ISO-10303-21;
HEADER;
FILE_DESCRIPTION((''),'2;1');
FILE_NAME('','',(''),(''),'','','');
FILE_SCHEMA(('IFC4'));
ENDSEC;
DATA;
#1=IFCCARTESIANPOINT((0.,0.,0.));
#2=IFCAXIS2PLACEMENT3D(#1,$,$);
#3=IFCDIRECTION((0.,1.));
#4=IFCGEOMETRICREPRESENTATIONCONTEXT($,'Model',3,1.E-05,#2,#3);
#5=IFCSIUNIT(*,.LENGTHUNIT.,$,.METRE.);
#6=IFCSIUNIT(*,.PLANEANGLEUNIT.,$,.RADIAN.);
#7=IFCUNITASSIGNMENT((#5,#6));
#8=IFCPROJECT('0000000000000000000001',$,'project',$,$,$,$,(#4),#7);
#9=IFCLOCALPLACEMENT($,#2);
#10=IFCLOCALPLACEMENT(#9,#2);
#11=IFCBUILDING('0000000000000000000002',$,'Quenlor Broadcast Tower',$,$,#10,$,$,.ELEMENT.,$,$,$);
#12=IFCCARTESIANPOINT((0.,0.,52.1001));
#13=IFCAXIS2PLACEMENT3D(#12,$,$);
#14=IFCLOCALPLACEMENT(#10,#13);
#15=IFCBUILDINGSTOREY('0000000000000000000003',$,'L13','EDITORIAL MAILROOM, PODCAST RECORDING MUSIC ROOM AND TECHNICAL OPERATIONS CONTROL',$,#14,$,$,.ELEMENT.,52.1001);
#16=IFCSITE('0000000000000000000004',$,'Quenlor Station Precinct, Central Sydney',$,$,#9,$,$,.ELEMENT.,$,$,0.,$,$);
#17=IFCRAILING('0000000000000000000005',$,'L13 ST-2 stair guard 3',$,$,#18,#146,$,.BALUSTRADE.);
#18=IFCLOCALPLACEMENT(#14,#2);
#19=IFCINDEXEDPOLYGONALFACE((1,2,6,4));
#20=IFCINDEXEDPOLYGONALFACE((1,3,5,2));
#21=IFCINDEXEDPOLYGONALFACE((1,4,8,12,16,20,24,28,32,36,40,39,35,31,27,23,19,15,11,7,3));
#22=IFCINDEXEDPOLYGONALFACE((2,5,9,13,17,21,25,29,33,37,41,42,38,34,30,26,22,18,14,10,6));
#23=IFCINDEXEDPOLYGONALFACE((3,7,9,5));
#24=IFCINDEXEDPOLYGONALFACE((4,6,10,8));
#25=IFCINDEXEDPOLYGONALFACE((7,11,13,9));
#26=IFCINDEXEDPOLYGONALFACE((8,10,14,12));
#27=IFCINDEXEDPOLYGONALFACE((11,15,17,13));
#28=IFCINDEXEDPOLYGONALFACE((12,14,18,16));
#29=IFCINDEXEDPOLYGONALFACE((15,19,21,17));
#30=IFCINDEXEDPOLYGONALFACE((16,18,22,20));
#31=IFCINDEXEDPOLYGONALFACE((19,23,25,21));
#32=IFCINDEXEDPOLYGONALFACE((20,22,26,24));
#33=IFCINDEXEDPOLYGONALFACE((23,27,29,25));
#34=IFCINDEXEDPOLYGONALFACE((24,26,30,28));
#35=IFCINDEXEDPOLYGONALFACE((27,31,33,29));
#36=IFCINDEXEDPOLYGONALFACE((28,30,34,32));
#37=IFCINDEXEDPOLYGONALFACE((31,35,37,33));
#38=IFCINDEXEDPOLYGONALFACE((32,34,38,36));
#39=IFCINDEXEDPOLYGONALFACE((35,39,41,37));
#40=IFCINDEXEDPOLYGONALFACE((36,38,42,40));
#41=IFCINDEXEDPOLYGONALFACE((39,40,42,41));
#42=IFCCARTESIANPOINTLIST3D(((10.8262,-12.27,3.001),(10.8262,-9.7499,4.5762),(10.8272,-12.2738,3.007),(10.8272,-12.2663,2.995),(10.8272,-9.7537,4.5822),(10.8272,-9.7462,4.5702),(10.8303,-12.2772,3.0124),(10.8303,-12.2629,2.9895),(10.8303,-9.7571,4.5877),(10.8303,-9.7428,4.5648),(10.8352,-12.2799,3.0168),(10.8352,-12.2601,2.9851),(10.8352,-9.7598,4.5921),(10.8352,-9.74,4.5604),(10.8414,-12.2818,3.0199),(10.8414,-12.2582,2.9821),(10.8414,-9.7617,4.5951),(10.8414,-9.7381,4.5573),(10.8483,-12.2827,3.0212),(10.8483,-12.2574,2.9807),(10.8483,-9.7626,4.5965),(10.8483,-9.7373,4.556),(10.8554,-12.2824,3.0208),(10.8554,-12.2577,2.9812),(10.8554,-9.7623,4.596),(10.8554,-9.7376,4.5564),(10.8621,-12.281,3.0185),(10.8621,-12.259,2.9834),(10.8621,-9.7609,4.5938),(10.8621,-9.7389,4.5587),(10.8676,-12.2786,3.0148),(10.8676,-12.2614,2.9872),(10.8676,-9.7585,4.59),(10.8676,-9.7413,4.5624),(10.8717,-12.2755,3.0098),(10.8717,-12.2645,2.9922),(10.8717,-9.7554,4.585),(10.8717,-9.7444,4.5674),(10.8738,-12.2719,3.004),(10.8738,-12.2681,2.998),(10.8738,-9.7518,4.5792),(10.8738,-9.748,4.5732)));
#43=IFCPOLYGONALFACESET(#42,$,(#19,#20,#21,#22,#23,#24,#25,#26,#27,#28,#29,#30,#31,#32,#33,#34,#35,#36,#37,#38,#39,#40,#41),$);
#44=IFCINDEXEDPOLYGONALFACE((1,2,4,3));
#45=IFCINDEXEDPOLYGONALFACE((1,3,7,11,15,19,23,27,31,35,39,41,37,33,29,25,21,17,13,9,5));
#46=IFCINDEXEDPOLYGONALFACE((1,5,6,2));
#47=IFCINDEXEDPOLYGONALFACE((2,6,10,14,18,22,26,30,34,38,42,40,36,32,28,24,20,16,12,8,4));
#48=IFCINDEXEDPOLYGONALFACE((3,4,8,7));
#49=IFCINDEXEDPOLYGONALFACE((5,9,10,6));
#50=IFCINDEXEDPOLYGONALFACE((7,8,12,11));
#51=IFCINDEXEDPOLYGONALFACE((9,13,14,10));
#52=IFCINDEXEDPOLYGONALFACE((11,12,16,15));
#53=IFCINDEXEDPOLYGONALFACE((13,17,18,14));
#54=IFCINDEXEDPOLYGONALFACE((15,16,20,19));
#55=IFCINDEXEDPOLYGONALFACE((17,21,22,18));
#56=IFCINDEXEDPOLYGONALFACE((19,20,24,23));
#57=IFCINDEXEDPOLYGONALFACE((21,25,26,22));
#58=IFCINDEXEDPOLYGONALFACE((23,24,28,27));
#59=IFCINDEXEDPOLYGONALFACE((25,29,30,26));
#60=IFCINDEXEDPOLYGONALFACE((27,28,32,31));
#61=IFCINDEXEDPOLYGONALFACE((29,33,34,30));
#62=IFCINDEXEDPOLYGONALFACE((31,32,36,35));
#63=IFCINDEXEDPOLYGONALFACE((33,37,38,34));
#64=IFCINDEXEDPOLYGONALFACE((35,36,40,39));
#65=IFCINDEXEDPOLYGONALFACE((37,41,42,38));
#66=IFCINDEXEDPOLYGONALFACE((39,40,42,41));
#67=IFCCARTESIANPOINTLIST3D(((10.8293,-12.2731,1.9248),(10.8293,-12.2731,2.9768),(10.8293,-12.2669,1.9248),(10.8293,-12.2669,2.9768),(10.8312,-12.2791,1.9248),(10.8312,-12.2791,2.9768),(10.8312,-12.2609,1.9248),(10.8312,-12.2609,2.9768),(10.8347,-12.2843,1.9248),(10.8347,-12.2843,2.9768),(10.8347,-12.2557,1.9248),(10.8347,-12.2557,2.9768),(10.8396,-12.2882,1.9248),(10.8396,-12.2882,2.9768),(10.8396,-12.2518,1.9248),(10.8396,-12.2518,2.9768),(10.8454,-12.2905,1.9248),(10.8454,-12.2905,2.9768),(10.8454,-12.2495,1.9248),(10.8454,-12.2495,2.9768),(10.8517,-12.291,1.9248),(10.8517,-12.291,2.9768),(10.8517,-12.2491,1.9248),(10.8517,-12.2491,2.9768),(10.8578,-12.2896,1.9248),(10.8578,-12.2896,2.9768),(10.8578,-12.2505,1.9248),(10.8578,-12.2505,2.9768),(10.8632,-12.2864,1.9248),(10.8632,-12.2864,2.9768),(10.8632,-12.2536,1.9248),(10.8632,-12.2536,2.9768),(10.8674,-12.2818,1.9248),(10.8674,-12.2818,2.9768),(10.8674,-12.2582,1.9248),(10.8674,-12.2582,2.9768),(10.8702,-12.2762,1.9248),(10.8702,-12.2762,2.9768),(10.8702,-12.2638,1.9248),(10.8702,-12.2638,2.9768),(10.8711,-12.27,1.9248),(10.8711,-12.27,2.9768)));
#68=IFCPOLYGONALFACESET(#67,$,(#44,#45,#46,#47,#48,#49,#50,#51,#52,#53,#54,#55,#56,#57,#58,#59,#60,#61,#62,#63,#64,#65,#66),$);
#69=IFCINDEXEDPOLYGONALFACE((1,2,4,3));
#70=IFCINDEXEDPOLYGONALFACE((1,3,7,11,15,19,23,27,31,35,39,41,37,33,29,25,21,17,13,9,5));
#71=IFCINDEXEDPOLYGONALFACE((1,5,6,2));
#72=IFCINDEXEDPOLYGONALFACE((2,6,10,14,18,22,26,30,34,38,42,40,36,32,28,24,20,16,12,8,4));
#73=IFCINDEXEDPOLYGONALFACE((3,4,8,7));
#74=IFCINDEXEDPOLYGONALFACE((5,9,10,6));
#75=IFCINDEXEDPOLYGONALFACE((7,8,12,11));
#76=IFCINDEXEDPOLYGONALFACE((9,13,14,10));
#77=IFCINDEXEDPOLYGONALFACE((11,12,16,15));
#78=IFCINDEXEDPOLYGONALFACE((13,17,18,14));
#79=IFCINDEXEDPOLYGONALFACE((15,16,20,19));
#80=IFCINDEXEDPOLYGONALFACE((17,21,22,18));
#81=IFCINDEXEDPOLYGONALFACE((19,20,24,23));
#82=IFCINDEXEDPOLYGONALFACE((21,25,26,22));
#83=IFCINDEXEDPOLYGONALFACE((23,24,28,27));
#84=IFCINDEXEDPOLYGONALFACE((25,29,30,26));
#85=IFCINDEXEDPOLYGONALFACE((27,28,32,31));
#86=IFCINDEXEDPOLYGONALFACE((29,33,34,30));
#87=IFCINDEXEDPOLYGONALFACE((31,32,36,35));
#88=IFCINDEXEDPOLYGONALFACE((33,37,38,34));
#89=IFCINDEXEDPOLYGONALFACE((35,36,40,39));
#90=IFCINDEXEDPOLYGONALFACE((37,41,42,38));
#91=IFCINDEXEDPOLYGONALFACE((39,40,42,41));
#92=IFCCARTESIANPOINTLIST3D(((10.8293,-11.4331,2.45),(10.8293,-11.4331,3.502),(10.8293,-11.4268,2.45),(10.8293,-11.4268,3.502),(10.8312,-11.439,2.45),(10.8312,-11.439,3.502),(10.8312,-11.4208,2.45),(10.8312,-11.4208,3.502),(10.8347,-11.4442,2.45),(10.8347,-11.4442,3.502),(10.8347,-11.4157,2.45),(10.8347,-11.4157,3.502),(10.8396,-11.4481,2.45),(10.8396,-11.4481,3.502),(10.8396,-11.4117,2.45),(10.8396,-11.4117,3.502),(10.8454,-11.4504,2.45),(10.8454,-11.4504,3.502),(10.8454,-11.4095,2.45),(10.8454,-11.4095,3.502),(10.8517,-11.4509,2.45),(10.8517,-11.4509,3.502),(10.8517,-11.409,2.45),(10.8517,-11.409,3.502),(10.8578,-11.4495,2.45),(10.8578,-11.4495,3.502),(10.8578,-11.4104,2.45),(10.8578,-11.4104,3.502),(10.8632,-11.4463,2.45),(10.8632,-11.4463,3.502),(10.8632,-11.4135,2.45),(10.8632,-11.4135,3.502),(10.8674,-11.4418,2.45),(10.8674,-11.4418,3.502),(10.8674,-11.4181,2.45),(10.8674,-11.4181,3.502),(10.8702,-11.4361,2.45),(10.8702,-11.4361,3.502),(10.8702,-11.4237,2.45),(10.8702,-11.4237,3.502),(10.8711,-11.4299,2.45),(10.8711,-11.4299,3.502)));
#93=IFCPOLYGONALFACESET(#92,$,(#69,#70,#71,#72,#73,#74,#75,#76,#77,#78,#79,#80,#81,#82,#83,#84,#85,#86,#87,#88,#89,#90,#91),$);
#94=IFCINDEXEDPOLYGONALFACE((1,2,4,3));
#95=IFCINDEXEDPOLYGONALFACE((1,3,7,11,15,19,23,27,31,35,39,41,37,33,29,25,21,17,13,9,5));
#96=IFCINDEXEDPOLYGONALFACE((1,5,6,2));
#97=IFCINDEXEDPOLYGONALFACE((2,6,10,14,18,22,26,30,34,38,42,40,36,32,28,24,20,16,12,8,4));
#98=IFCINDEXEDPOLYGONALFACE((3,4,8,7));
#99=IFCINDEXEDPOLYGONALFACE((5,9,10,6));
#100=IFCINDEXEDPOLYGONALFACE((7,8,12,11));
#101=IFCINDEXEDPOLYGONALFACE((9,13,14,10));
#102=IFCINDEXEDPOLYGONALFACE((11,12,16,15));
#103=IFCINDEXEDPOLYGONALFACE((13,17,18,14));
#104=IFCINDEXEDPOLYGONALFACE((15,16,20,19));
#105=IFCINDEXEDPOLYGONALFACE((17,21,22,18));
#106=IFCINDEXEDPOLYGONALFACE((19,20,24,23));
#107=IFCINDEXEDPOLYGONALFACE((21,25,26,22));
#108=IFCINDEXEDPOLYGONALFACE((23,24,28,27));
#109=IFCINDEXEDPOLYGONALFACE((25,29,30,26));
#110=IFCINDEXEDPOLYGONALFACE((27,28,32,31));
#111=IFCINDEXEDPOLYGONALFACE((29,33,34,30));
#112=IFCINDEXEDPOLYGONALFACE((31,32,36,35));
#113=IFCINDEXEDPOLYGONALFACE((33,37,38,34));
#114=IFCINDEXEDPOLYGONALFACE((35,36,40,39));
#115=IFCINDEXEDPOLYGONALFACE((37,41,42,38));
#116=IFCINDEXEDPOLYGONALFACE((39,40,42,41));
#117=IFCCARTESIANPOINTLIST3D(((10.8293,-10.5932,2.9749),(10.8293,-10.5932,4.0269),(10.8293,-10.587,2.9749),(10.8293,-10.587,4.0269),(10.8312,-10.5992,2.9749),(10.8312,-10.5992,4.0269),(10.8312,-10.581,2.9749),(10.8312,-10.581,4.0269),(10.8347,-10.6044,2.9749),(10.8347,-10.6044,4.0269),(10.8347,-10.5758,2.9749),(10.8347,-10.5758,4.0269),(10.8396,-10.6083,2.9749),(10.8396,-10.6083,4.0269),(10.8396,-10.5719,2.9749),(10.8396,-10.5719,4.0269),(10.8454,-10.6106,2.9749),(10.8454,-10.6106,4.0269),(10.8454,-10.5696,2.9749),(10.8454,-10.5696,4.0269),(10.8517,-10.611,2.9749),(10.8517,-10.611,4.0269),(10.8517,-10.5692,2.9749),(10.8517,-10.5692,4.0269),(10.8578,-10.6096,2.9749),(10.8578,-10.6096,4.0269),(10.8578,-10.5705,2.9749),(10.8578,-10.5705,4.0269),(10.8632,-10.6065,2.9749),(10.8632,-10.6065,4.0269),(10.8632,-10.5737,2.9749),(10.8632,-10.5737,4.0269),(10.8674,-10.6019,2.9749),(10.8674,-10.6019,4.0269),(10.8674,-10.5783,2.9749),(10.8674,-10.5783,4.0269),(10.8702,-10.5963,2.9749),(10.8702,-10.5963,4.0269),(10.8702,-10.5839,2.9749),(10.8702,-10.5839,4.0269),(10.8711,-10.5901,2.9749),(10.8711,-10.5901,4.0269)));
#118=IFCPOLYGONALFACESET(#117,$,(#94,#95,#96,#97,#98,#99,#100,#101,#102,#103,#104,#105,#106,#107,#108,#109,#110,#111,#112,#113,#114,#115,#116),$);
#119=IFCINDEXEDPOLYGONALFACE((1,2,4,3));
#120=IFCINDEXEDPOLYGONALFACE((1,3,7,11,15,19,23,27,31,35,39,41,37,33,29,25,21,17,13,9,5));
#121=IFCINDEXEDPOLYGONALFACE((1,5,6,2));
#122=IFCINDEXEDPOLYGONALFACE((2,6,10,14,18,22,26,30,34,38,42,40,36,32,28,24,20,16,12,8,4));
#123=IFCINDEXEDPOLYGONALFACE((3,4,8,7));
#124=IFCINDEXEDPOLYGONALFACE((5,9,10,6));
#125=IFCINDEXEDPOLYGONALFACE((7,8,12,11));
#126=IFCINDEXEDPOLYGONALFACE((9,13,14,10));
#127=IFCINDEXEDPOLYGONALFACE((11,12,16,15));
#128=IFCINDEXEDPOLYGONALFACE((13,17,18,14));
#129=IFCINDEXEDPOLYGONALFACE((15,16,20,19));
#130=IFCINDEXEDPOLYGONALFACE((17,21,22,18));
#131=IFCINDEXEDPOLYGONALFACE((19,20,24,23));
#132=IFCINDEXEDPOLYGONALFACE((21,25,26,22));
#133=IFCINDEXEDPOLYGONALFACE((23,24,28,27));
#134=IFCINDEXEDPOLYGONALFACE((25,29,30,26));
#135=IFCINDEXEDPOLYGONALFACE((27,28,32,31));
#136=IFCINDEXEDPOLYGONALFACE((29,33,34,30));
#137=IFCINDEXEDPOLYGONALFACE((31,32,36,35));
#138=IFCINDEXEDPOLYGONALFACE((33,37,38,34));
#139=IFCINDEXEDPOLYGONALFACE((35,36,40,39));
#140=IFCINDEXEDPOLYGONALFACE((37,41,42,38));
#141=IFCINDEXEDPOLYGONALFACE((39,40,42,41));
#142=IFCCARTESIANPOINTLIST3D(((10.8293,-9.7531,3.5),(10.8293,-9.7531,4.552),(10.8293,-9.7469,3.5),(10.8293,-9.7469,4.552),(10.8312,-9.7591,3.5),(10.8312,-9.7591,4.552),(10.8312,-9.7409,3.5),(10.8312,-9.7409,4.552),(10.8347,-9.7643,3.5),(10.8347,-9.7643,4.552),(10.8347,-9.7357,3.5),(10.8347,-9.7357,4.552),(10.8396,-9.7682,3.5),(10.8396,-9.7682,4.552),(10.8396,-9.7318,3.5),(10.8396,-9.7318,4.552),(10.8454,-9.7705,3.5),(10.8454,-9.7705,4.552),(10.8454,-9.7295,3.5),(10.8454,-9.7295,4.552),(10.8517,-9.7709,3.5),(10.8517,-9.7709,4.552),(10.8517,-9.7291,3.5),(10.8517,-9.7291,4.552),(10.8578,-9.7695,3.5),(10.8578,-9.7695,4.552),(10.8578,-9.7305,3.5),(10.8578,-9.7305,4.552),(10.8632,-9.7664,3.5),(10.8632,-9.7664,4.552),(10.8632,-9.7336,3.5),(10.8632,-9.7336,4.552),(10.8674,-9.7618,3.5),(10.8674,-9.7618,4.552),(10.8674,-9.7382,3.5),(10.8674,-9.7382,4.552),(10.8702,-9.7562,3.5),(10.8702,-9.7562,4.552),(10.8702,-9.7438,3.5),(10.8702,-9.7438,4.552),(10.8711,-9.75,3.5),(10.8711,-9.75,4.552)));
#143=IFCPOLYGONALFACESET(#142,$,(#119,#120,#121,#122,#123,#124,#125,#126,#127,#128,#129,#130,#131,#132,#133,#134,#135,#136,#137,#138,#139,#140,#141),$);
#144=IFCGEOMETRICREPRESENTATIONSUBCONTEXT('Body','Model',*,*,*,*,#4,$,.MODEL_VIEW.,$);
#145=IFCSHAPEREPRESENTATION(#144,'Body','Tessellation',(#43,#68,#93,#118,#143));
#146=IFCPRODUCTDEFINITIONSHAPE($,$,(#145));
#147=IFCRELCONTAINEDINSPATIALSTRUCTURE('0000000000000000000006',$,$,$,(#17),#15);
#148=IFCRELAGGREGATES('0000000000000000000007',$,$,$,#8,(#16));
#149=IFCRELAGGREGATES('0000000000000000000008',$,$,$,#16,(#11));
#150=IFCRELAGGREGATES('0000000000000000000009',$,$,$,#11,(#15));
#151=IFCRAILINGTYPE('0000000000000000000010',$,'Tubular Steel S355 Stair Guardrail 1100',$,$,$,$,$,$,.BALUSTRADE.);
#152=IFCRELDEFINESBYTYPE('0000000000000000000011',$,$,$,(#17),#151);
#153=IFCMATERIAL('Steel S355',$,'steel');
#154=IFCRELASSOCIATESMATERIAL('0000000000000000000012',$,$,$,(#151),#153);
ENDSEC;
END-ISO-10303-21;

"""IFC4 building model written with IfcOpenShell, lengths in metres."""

from ifc_helpers import new_model, si_unit, direction, frame, origin, origin_2d, place, context, subcontext, project, spatial, circle, extrude, material, type_object, element, save


model = new_model("IFC4")

# Units and contexts
model_context = context("Model", 3, precision=1e-05, world=origin(), true_north=direction((0.0, 1.0)))
body_context = subcontext(model_context, "Body", "Model", "MODEL_VIEW")
ifc_project = project(units=[si_unit("LENGTHUNIT", "METRE"), si_unit("PLANEANGLEUNIT", "RADIAN")], contexts=[model_context])

# Site, building, storey
site_placement = place(None, origin())
site = spatial("IfcSite", under=ifc_project, at=site_placement, Name="Quenlor Station Precinct, Central Sydney", CompositionType="ELEMENT", RefElevation=0.0)
building_placement = place(site_placement, origin())
building = spatial("IfcBuilding", under=site, at=building_placement, Name="Quenlor Broadcast Tower", CompositionType="ELEMENT")
storey_placement = place(building_placement, frame((0.0, 0.0, 52.1001)))
storey = spatial("IfcBuildingStorey", under=building, at=storey_placement, Name="L13", Description="EDITORIAL MAILROOM, PODCAST RECORDING MUSIC ROOM AND TECHNICAL OPERATIONS CONTROL", CompositionType="ELEMENT", Elevation=52.1001)

# Railing
ifc_material_1 = material(Name="Steel S355", Category="steel")
railing_type_1 = type_object("IfcRailingType", Name="Tubular Steel S355 Stair Guardrail 1100", PredefinedType="BALUSTRADE", material=ifc_material_1)
railing_1_placement = place(storey_placement, frame((10.8501, -12.27, 1.9248)))
element("IfcRailing", 1, at=railing_1_placement, inside=storey, type_object=railing_type_1, Name="L13 ST-2 stair guard 3", PredefinedType="BALUSTRADE", context=body_context, shape_type="SweptSolid", body=[
    extrude(circle(Radius=0.0239, at=origin_2d()), frame((0.0, 0.0, 1.0762), z_axis=(0.0, 0.847971, 0.530043), x_axis=(-1.0, 0.0, 0.0)), (0.0, 0.0, 1.0), 2.9719),
    extrude(circle(Radius=0.021, at=origin_2d()), origin(), (0.0, 0.0, 1.0), 1.052),
    extrude(circle(Radius=0.021, at=origin_2d()), frame((0.0, 0.8401, 0.5251)), (0.0, 0.0, 1.0), 1.052),
    extrude(circle(Radius=0.021, at=origin_2d()), frame((0.0, 1.6799, 1.05)), (0.0, 0.0, 1.0), 1.052),
    extrude(circle(Radius=0.021, at=origin_2d()), frame((0.0, 2.52, 1.5752)), (0.0, 0.0, 1.0), 1.052),
])

save(model, "model.ifc")
